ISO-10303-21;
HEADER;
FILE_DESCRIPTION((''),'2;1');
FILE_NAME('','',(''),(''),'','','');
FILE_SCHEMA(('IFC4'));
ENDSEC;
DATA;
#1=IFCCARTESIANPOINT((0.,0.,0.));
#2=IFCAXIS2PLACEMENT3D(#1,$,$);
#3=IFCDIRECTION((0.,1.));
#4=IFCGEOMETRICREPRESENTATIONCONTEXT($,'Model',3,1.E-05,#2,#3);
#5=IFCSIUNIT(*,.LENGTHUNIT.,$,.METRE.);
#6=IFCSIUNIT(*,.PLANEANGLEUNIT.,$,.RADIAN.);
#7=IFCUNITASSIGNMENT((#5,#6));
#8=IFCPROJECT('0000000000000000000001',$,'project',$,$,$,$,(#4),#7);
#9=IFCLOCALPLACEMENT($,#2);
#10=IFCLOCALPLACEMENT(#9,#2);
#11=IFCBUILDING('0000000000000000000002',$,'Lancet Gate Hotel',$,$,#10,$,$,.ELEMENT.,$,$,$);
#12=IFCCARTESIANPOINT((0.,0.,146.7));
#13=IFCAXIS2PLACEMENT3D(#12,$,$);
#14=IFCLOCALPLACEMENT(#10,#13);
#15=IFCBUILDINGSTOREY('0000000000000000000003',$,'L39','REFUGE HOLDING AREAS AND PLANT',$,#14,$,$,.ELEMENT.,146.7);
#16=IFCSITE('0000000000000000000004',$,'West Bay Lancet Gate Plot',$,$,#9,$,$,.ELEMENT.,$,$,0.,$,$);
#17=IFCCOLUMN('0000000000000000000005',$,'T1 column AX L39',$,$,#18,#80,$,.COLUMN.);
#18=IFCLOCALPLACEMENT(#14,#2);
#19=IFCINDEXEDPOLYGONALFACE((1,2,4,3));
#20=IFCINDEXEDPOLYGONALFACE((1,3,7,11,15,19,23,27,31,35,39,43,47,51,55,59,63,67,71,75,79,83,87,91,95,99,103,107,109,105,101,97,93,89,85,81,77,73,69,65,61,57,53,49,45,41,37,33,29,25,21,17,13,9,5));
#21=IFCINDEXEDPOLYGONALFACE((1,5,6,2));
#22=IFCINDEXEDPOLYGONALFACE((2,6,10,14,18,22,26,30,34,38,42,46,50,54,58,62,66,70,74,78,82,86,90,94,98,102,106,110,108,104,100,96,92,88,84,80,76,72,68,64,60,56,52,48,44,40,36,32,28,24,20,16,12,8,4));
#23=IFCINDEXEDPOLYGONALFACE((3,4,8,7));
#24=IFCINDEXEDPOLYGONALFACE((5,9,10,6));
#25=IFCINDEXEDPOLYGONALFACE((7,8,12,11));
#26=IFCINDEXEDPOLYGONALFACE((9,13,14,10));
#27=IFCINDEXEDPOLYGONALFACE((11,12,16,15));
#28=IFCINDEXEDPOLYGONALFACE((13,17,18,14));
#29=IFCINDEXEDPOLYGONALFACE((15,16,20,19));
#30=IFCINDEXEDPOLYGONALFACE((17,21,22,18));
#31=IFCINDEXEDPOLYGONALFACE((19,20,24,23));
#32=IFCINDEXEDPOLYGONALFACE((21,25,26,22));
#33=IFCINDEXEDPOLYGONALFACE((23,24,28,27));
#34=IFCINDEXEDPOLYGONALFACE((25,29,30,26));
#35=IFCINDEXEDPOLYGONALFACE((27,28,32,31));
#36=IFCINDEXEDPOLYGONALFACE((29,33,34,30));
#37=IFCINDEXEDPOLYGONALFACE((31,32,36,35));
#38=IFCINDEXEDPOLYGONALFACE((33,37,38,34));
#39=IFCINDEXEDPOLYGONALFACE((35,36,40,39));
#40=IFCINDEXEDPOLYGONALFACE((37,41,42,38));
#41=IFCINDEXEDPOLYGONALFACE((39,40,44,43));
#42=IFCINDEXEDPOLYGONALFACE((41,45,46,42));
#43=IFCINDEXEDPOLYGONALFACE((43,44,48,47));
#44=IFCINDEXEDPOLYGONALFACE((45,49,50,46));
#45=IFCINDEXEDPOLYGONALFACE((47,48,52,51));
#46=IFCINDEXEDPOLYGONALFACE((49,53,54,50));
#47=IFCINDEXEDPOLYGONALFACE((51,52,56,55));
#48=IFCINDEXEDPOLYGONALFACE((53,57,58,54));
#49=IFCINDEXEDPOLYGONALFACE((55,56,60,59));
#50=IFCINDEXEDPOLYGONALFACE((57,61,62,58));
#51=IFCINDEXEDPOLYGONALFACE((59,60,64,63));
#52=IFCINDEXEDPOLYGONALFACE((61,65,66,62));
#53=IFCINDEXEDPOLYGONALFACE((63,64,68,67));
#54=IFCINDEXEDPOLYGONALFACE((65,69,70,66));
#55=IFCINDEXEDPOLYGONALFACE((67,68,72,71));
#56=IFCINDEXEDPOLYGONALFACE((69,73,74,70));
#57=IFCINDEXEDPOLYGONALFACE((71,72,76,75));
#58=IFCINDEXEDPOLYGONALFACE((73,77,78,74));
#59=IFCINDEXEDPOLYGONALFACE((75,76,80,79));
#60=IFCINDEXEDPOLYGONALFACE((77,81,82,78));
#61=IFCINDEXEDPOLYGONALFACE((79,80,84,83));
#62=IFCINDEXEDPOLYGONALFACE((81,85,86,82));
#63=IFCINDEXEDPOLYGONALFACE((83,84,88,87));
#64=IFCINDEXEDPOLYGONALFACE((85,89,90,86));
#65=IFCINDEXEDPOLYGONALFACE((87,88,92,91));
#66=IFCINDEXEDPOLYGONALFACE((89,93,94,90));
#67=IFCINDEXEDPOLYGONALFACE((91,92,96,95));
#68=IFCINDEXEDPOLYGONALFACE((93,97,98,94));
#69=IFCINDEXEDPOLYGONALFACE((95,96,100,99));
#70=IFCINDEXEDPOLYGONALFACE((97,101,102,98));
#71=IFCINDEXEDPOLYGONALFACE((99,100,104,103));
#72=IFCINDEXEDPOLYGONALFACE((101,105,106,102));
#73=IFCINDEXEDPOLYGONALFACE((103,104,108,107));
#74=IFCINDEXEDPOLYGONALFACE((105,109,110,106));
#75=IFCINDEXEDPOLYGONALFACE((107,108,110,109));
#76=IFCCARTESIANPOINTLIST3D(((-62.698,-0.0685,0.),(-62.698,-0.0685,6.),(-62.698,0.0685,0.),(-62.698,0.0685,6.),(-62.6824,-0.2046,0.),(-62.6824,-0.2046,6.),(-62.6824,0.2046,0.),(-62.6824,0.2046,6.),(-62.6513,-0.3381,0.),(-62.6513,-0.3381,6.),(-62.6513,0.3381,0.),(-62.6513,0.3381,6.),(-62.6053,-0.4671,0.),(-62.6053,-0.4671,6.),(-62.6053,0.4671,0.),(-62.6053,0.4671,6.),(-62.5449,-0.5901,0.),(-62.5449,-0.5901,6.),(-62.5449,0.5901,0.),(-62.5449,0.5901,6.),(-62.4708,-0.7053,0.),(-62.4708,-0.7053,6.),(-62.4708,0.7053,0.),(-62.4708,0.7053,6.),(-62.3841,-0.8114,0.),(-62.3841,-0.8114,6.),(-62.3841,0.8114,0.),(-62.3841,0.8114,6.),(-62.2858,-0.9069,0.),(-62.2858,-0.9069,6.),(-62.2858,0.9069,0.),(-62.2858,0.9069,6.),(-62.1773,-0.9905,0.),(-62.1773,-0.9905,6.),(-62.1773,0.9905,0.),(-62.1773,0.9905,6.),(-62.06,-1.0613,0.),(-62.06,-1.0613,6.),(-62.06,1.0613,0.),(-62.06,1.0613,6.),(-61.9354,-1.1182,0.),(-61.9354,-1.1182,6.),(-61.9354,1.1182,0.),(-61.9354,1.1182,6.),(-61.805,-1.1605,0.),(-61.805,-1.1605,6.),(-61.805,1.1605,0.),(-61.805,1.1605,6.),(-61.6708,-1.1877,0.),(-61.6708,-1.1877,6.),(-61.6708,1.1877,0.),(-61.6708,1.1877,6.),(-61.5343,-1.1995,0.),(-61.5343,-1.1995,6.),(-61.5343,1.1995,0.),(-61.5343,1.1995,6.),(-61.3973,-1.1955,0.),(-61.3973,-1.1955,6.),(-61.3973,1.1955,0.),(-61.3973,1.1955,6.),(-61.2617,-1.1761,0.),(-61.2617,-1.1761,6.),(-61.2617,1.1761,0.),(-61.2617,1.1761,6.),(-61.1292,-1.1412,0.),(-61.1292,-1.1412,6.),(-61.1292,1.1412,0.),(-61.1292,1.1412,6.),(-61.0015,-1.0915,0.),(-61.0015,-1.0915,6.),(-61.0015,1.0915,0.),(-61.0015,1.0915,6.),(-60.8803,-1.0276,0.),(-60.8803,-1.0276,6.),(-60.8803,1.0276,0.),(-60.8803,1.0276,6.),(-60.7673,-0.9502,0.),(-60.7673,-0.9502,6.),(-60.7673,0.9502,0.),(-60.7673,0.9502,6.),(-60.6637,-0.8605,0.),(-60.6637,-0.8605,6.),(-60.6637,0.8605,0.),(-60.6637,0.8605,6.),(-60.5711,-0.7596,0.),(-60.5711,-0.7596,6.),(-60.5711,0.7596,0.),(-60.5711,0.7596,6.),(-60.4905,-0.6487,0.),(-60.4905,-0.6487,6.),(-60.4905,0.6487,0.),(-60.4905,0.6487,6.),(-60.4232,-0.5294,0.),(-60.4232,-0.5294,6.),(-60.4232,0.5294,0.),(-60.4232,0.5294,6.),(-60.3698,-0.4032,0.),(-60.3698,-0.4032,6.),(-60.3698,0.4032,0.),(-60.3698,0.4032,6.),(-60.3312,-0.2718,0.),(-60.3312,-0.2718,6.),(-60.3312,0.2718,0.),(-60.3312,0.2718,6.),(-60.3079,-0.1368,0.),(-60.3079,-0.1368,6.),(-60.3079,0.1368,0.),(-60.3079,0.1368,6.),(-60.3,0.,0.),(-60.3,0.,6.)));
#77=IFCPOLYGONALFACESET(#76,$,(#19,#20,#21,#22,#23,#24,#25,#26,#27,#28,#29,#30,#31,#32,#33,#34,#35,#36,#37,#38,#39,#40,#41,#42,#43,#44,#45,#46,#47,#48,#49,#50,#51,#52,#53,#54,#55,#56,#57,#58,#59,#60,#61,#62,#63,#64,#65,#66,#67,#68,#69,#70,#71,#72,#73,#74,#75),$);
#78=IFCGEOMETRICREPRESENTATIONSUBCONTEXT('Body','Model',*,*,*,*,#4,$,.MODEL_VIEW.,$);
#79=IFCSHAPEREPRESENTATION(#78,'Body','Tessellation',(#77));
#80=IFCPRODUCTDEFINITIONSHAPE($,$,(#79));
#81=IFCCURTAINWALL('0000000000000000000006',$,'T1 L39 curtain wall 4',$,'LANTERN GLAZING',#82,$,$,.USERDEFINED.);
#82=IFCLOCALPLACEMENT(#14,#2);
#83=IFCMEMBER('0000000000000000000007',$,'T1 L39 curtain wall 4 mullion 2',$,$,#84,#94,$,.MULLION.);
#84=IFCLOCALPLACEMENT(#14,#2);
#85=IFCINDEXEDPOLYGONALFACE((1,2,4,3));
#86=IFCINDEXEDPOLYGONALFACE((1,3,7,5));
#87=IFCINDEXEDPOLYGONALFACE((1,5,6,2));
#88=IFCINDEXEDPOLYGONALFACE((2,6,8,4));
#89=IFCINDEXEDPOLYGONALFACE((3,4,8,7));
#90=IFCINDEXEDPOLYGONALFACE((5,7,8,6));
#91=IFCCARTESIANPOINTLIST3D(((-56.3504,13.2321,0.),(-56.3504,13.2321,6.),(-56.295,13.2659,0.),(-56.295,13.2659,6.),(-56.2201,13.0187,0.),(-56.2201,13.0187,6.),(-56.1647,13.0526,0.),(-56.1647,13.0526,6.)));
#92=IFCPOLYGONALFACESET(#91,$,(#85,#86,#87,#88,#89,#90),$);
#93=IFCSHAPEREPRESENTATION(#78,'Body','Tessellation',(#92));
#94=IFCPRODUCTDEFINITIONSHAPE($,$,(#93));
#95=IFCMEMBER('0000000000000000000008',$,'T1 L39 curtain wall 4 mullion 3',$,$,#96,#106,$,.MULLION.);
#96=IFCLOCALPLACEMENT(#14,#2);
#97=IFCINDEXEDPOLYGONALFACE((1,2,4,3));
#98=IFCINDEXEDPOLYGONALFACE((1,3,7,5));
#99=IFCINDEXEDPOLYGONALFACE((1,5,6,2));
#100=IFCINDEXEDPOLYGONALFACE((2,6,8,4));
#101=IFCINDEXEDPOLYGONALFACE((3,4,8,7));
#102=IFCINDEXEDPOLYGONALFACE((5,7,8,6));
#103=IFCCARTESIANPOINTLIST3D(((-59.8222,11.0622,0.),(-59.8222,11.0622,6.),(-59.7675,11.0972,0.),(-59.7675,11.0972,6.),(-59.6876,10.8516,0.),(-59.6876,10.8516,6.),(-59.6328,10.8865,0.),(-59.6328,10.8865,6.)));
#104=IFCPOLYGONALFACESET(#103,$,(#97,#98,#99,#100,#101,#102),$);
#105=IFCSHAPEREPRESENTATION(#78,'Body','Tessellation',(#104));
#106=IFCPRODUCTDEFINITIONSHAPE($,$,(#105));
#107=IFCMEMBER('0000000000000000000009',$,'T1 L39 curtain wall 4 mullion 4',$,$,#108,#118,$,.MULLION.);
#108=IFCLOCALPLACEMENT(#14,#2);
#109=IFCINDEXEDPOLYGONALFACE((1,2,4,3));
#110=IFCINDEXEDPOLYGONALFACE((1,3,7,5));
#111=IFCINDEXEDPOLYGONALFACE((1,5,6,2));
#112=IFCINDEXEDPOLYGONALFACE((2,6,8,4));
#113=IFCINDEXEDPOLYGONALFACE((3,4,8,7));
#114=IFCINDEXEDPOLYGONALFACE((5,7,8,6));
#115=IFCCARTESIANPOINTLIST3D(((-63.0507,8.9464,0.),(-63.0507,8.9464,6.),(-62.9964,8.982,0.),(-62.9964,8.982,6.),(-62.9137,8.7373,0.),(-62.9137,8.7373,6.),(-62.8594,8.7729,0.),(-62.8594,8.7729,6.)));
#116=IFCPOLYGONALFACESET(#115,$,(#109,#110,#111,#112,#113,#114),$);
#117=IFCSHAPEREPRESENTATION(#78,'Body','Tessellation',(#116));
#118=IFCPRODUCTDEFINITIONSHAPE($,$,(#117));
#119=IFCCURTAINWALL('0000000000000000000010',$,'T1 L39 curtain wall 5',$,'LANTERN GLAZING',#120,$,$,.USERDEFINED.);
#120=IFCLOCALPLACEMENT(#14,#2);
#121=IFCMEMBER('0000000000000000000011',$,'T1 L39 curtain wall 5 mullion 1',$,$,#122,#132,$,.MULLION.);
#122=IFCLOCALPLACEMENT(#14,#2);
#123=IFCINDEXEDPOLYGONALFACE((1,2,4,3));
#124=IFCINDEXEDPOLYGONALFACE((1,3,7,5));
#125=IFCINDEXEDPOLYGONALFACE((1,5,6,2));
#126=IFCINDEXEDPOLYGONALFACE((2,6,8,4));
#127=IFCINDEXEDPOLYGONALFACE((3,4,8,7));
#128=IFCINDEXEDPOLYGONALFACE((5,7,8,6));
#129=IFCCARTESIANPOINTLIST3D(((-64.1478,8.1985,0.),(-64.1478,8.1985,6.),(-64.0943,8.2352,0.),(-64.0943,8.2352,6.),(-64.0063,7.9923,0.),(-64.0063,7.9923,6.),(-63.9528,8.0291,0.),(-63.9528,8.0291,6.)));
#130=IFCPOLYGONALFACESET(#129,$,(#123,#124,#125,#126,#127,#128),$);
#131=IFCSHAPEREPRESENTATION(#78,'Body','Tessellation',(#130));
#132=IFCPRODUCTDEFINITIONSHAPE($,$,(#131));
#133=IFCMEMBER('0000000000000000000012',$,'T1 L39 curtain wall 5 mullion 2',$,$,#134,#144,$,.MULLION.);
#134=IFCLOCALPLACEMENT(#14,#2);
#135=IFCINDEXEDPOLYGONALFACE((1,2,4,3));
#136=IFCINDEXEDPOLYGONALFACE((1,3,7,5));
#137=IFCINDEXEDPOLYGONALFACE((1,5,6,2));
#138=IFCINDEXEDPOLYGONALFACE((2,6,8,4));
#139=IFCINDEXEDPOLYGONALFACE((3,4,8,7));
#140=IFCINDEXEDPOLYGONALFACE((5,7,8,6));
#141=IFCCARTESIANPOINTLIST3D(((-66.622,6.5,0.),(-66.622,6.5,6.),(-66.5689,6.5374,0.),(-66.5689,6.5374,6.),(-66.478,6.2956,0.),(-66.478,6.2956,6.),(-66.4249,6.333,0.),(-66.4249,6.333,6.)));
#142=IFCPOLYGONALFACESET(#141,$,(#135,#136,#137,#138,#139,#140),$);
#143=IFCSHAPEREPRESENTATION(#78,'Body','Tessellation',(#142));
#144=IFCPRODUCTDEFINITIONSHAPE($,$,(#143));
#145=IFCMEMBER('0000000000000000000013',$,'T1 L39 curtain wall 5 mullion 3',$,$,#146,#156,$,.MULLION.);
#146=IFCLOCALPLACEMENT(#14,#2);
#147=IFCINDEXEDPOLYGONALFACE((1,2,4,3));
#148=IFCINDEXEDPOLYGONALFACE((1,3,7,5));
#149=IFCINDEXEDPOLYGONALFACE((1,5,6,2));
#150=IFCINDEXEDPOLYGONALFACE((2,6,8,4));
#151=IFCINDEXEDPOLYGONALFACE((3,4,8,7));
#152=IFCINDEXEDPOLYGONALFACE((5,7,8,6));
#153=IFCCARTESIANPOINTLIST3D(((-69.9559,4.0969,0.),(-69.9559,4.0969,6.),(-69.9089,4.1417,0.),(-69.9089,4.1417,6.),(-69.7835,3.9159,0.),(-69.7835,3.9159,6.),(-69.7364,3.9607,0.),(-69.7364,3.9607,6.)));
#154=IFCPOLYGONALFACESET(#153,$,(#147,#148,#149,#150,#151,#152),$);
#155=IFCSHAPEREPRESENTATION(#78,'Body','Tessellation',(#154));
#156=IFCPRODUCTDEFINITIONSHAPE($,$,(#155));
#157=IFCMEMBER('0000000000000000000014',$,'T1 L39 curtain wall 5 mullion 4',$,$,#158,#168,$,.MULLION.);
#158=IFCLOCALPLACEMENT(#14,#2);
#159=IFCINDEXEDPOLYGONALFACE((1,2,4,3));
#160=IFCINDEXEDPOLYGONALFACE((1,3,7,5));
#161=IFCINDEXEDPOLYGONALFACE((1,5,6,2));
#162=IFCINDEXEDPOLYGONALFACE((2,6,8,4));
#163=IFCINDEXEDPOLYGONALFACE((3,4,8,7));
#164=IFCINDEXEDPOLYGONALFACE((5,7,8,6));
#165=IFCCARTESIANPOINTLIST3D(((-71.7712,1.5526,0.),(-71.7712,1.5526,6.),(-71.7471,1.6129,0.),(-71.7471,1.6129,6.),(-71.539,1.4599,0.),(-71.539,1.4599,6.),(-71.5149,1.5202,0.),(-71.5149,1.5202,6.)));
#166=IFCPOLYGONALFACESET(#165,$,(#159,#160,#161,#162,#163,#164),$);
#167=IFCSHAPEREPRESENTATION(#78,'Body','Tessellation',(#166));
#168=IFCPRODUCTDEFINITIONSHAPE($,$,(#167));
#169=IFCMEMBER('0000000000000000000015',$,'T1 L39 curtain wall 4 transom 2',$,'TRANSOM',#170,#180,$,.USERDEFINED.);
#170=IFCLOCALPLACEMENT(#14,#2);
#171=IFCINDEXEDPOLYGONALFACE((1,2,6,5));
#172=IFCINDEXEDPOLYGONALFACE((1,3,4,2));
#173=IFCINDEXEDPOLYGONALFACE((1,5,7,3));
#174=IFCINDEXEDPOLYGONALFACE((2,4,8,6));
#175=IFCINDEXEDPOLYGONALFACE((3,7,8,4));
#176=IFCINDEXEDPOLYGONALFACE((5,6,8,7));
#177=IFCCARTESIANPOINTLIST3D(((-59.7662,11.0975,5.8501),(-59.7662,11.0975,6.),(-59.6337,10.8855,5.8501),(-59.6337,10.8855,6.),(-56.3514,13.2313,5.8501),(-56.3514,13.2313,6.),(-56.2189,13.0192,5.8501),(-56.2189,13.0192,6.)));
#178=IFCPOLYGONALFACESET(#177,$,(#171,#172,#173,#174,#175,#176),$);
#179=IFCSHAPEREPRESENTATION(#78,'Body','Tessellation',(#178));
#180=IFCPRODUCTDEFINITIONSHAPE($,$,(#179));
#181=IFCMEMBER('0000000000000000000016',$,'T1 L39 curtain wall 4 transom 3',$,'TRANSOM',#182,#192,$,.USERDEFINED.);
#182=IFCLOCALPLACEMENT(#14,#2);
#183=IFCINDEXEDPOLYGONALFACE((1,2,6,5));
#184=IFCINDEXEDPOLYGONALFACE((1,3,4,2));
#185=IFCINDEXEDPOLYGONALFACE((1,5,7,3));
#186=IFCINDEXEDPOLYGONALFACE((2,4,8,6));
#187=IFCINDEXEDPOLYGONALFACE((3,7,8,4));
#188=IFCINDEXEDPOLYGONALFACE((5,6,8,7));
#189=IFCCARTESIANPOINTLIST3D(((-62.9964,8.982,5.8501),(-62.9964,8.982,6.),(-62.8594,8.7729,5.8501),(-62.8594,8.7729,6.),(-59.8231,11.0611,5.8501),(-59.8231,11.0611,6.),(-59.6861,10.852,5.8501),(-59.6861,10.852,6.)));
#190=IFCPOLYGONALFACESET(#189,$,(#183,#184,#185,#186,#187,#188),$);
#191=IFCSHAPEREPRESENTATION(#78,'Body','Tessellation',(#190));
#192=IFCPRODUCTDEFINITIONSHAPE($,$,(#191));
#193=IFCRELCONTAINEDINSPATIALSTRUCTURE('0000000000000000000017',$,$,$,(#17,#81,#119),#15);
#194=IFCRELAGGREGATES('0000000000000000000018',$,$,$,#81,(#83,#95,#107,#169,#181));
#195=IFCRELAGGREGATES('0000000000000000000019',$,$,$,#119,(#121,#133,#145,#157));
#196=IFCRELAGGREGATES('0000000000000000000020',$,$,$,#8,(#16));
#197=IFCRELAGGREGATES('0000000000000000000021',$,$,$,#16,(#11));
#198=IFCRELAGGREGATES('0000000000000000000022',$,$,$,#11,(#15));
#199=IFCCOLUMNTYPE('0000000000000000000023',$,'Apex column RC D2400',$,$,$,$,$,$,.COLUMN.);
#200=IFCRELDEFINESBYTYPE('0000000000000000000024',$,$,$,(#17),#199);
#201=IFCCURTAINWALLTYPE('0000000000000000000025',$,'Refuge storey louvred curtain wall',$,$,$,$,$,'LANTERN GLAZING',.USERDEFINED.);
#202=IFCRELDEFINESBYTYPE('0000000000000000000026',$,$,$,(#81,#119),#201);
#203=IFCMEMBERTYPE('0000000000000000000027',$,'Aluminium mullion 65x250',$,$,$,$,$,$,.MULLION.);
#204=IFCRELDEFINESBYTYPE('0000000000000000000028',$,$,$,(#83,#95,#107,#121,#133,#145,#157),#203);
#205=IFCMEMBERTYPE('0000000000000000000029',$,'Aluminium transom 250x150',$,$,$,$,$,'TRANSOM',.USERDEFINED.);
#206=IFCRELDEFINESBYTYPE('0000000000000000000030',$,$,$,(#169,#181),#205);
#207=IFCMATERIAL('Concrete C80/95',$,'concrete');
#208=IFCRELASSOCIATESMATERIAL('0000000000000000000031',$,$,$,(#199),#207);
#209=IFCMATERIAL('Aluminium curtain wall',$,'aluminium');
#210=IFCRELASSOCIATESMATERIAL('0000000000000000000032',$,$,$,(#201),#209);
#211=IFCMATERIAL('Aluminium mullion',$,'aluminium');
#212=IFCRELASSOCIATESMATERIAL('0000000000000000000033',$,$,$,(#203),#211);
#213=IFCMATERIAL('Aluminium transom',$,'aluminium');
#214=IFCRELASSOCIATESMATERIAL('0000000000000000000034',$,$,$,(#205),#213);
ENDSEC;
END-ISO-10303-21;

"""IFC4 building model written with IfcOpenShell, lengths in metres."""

from ifc_helpers import new_model, si_unit, direction, frame, origin, origin_2d, place, context, subcontext, project, spatial, rectangle, circle, extrude, material, material_profile, profile_set, type_object, element, aggregate, save


model = new_model("IFC4")

# Units and contexts
model_context = context("Model", 3, precision=1e-05, world=origin(), true_north=direction((0.0, 1.0)))
body_context = subcontext(model_context, "Body", "Model", "MODEL_VIEW")
ifc_project = project(units=[si_unit("LENGTHUNIT", "METRE"), si_unit("PLANEANGLEUNIT", "RADIAN")], contexts=[model_context])

# Site, building, storey
site_placement = place(None, origin())
site = spatial("IfcSite", under=ifc_project, at=site_placement, Name="West Bay Lancet Gate Plot", CompositionType="ELEMENT", RefElevation=0.0)
building_placement = place(site_placement, origin())
building = spatial("IfcBuilding", under=site, at=building_placement, Name="Lancet Gate Hotel", CompositionType="ELEMENT")
storey_placement = place(building_placement, frame((0.0, 0.0, 146.7)))
storey = spatial("IfcBuildingStorey", under=building, at=storey_placement, Name="L39", Description="REFUGE HOLDING AREAS AND PLANT", CompositionType="ELEMENT", Elevation=146.7)

# Column
ifc_material_1 = material(Name="Concrete C80/95", Category="concrete")
ifc_material_profile_1 = material_profile(ifc_material_1, circle(Radius=1.2, at=origin_2d()), Name="RC D2400")
ifc_profile_set_1 = profile_set([ifc_material_profile_1], Name="Concrete C80/95")
column_type = type_object("IfcColumnType", Name="Apex column RC D2400", PredefinedType="COLUMN", material=ifc_profile_set_1)
column_placement = place(storey_placement, frame((-61.5, 0.0, 0.0), z_axis=(0.0, 0.0, 1.0), x_axis=(1.0, 0.0, 0.0)))
element("IfcColumn", 1, at=column_placement, inside=storey, type_object=column_type, Name="T1 column AX L39", PredefinedType="COLUMN", context=body_context, shape_type="SweptSolid", body=[
    extrude(circle(Radius=1.2, at=origin_2d()), origin(), (0.0, 0.0, 1.0), 6.0),
])

# Curtain walls, members
ifc_material_2 = material(Name="Aluminium curtain wall", Category="aluminium")
curtain_wall_type = type_object("IfcCurtainWallType", Name="Refuge storey louvred curtain wall", ElementType="LANTERN GLAZING", PredefinedType="USERDEFINED", material=ifc_material_2)
curtain_wall_1_placement = place(storey_placement, origin())
curtain_wall_1 = element("IfcCurtainWall", 2, at=curtain_wall_1_placement, inside=storey, type_object=curtain_wall_type, Name="T1 L39 curtain wall 4", ObjectType="LANTERN GLAZING", PredefinedType="USERDEFINED")
ifc_material_3 = material(Name="Aluminium mullion", Category="aluminium")
ifc_material_profile_2 = material_profile(ifc_material_3, rectangle(XDim=0.0649, YDim=0.25, at=origin_2d()), Name="MULLION 65x250")
ifc_profile_set_2 = profile_set([ifc_material_profile_2], Name="Aluminium mullion")
member_type_1 = type_object("IfcMemberType", Name="Aluminium mullion 65x250", PredefinedType="MULLION", material=ifc_profile_set_2)
member_1_placement = place(storey_placement, frame((-56.2576, 13.1423, 0.0), z_axis=(0.0, 0.0, 1.0), x_axis=(-0.853492, -0.521106, 0.0)))
member_1 = element("IfcMember", 3, at=member_1_placement, type_object=member_type_1, Name="T1 L39 curtain wall 4 mullion 2", PredefinedType="MULLION", context=body_context, shape_type="SweptSolid", body=[
    extrude(rectangle(XDim=0.0649, YDim=0.25, at=origin_2d()), origin(), (0.0, 0.0, 1.0), 6.0),
])
member_2_placement = place(storey_placement, frame((-59.7275, 10.9744, 0.0), z_axis=(0.0, 0.0, 1.0), x_axis=(-0.842478, -0.538731, 0.0)))
member_2 = element("IfcMember", 4, at=member_2_placement, type_object=member_type_1, Name="T1 L39 curtain wall 4 mullion 3", PredefinedType="MULLION", context=body_context, shape_type="SweptSolid", body=[
    extrude(rectangle(XDim=0.0649, YDim=0.25, at=origin_2d()), origin(), (0.0, 0.0, 1.0), 6.0),
])
member_3_placement = place(storey_placement, frame((-62.9551, 8.8596, 0.0), z_axis=(0.0, 0.0, 1.0), x_axis=(-0.836458, -0.548032, 0.0)))
member_3 = element("IfcMember", 5, at=member_3_placement, type_object=member_type_1, Name="T1 L39 curtain wall 4 mullion 4", PredefinedType="MULLION", context=body_context, shape_type="SweptSolid", body=[
    extrude(rectangle(XDim=0.0649, YDim=0.25, at=origin_2d()), origin(), (0.0, 0.0, 1.0), 6.0),
])
curtain_wall_2_placement = place(storey_placement, origin())
curtain_wall_2 = element("IfcCurtainWall", 6, at=curtain_wall_2_placement, inside=storey, type_object=curtain_wall_type, Name="T1 L39 curtain wall 5", ObjectType="LANTERN GLAZING", PredefinedType="USERDEFINED")
member_4_placement = place(storey_placement, frame((-64.0503, 8.1138, 0.0), z_axis=(0.0, 0.0, 1.0), x_axis=(-0.824466, -0.565911, 0.0)))
member_4 = element("IfcMember", 7, at=member_4_placement, type_object=member_type_1, Name="T1 L39 curtain wall 5 mullion 1", PredefinedType="MULLION", context=body_context, shape_type="SweptSolid", body=[
    extrude(rectangle(XDim=0.0649, YDim=0.25, at=origin_2d()), origin(), (0.0, 0.0, 1.0), 6.0),
])
member_5_placement = place(storey_placement, frame((-66.5234, 6.4165, 0.0), z_axis=(0.0, 0.0, 1.0), x_axis=(-0.817373, -0.576109, 0.0)))
member_5 = element("IfcMember", 8, at=member_5_placement, type_object=member_type_1, Name="T1 L39 curtain wall 5 mullion 2", PredefinedType="MULLION", context=body_context, shape_type="SweptSolid", body=[
    extrude(rectangle(XDim=0.0649, YDim=0.25, at=origin_2d()), origin(), (0.0, 0.0, 1.0), 6.0),
])
member_6_placement = place(storey_placement, frame((-69.8462, 4.0288, 0.0), z_axis=(0.0, 0.0, 1.0), x_axis=(-0.723846, -0.689961, 0.0)))
member_6 = element("IfcMember", 9, at=member_6_placement, type_object=member_type_1, Name="T1 L39 curtain wall 5 mullion 3", PredefinedType="MULLION", context=body_context, shape_type="SweptSolid", body=[
    extrude(rectangle(XDim=0.0649, YDim=0.25, at=origin_2d()), origin(), (0.0, 0.0, 1.0), 6.0),
])
member_7_placement = place(storey_placement, frame((-71.6431, 1.5364, 0.0), z_axis=(0.0, 0.0, 1.0), x_axis=(-0.370732, -0.92874, 0.0)))
member_7 = element("IfcMember", 10, at=member_7_placement, type_object=member_type_1, Name="T1 L39 curtain wall 5 mullion 4", PredefinedType="MULLION", context=body_context, shape_type="SweptSolid", body=[
    extrude(rectangle(XDim=0.0649, YDim=0.25, at=origin_2d()), origin(), (0.0, 0.0, 1.0), 6.0),
])

# Members
ifc_material_4 = material(Name="Aluminium transom", Category="aluminium")
ifc_material_profile_3 = material_profile(ifc_material_4, rectangle(XDim=0.25, YDim=0.1499, at=origin_2d()), Name="TRANSOM 250x150")
ifc_profile_set_3 = profile_set([ifc_material_profile_3], Name="Aluminium transom")
member_type_2 = type_object("IfcMemberType", Name="Aluminium transom 250x150", ElementType="TRANSOM", PredefinedType="USERDEFINED", material=ifc_profile_set_3)
member_8_placement = place(storey_placement, frame((-56.2852, 13.1252, 5.925), z_axis=(-0.848049, -0.529917, 0.0), x_axis=(0.529917, -0.848049, 0.0)))
member_8 = element("IfcMember", 11, at=member_8_placement, type_object=member_type_2, Name="T1 L39 curtain wall 4 transom 2", ObjectType="TRANSOM", PredefinedType="USERDEFINED", context=body_context, shape_type="SweptSolid", body=[
    extrude(rectangle(XDim=0.25, YDim=0.1499, at=origin_2d()), origin(), (0.0, 0.0, 1.0), 4.0266),
])
member_9_placement = place(storey_placement, frame((-59.7546, 10.9565, 5.925), z_axis=(-0.836459, -0.548029, 0.0), x_axis=(0.548029, -0.836459, 0.0)))
member_9 = element("IfcMember", 12, at=member_9_placement, type_object=member_type_2, Name="T1 L39 curtain wall 4 transom 3", ObjectType="TRANSOM", PredefinedType="USERDEFINED", context=body_context, shape_type="SweptSolid", body=[
    extrude(rectangle(XDim=0.25, YDim=0.1499, at=origin_2d()), origin(), (0.0, 0.0, 1.0), 3.7937),
])

aggregate(curtain_wall_1, [member_1, member_2, member_3, member_8, member_9])
aggregate(curtain_wall_2, [member_4, member_5, member_6, member_7])

save(model, "model.ifc")
